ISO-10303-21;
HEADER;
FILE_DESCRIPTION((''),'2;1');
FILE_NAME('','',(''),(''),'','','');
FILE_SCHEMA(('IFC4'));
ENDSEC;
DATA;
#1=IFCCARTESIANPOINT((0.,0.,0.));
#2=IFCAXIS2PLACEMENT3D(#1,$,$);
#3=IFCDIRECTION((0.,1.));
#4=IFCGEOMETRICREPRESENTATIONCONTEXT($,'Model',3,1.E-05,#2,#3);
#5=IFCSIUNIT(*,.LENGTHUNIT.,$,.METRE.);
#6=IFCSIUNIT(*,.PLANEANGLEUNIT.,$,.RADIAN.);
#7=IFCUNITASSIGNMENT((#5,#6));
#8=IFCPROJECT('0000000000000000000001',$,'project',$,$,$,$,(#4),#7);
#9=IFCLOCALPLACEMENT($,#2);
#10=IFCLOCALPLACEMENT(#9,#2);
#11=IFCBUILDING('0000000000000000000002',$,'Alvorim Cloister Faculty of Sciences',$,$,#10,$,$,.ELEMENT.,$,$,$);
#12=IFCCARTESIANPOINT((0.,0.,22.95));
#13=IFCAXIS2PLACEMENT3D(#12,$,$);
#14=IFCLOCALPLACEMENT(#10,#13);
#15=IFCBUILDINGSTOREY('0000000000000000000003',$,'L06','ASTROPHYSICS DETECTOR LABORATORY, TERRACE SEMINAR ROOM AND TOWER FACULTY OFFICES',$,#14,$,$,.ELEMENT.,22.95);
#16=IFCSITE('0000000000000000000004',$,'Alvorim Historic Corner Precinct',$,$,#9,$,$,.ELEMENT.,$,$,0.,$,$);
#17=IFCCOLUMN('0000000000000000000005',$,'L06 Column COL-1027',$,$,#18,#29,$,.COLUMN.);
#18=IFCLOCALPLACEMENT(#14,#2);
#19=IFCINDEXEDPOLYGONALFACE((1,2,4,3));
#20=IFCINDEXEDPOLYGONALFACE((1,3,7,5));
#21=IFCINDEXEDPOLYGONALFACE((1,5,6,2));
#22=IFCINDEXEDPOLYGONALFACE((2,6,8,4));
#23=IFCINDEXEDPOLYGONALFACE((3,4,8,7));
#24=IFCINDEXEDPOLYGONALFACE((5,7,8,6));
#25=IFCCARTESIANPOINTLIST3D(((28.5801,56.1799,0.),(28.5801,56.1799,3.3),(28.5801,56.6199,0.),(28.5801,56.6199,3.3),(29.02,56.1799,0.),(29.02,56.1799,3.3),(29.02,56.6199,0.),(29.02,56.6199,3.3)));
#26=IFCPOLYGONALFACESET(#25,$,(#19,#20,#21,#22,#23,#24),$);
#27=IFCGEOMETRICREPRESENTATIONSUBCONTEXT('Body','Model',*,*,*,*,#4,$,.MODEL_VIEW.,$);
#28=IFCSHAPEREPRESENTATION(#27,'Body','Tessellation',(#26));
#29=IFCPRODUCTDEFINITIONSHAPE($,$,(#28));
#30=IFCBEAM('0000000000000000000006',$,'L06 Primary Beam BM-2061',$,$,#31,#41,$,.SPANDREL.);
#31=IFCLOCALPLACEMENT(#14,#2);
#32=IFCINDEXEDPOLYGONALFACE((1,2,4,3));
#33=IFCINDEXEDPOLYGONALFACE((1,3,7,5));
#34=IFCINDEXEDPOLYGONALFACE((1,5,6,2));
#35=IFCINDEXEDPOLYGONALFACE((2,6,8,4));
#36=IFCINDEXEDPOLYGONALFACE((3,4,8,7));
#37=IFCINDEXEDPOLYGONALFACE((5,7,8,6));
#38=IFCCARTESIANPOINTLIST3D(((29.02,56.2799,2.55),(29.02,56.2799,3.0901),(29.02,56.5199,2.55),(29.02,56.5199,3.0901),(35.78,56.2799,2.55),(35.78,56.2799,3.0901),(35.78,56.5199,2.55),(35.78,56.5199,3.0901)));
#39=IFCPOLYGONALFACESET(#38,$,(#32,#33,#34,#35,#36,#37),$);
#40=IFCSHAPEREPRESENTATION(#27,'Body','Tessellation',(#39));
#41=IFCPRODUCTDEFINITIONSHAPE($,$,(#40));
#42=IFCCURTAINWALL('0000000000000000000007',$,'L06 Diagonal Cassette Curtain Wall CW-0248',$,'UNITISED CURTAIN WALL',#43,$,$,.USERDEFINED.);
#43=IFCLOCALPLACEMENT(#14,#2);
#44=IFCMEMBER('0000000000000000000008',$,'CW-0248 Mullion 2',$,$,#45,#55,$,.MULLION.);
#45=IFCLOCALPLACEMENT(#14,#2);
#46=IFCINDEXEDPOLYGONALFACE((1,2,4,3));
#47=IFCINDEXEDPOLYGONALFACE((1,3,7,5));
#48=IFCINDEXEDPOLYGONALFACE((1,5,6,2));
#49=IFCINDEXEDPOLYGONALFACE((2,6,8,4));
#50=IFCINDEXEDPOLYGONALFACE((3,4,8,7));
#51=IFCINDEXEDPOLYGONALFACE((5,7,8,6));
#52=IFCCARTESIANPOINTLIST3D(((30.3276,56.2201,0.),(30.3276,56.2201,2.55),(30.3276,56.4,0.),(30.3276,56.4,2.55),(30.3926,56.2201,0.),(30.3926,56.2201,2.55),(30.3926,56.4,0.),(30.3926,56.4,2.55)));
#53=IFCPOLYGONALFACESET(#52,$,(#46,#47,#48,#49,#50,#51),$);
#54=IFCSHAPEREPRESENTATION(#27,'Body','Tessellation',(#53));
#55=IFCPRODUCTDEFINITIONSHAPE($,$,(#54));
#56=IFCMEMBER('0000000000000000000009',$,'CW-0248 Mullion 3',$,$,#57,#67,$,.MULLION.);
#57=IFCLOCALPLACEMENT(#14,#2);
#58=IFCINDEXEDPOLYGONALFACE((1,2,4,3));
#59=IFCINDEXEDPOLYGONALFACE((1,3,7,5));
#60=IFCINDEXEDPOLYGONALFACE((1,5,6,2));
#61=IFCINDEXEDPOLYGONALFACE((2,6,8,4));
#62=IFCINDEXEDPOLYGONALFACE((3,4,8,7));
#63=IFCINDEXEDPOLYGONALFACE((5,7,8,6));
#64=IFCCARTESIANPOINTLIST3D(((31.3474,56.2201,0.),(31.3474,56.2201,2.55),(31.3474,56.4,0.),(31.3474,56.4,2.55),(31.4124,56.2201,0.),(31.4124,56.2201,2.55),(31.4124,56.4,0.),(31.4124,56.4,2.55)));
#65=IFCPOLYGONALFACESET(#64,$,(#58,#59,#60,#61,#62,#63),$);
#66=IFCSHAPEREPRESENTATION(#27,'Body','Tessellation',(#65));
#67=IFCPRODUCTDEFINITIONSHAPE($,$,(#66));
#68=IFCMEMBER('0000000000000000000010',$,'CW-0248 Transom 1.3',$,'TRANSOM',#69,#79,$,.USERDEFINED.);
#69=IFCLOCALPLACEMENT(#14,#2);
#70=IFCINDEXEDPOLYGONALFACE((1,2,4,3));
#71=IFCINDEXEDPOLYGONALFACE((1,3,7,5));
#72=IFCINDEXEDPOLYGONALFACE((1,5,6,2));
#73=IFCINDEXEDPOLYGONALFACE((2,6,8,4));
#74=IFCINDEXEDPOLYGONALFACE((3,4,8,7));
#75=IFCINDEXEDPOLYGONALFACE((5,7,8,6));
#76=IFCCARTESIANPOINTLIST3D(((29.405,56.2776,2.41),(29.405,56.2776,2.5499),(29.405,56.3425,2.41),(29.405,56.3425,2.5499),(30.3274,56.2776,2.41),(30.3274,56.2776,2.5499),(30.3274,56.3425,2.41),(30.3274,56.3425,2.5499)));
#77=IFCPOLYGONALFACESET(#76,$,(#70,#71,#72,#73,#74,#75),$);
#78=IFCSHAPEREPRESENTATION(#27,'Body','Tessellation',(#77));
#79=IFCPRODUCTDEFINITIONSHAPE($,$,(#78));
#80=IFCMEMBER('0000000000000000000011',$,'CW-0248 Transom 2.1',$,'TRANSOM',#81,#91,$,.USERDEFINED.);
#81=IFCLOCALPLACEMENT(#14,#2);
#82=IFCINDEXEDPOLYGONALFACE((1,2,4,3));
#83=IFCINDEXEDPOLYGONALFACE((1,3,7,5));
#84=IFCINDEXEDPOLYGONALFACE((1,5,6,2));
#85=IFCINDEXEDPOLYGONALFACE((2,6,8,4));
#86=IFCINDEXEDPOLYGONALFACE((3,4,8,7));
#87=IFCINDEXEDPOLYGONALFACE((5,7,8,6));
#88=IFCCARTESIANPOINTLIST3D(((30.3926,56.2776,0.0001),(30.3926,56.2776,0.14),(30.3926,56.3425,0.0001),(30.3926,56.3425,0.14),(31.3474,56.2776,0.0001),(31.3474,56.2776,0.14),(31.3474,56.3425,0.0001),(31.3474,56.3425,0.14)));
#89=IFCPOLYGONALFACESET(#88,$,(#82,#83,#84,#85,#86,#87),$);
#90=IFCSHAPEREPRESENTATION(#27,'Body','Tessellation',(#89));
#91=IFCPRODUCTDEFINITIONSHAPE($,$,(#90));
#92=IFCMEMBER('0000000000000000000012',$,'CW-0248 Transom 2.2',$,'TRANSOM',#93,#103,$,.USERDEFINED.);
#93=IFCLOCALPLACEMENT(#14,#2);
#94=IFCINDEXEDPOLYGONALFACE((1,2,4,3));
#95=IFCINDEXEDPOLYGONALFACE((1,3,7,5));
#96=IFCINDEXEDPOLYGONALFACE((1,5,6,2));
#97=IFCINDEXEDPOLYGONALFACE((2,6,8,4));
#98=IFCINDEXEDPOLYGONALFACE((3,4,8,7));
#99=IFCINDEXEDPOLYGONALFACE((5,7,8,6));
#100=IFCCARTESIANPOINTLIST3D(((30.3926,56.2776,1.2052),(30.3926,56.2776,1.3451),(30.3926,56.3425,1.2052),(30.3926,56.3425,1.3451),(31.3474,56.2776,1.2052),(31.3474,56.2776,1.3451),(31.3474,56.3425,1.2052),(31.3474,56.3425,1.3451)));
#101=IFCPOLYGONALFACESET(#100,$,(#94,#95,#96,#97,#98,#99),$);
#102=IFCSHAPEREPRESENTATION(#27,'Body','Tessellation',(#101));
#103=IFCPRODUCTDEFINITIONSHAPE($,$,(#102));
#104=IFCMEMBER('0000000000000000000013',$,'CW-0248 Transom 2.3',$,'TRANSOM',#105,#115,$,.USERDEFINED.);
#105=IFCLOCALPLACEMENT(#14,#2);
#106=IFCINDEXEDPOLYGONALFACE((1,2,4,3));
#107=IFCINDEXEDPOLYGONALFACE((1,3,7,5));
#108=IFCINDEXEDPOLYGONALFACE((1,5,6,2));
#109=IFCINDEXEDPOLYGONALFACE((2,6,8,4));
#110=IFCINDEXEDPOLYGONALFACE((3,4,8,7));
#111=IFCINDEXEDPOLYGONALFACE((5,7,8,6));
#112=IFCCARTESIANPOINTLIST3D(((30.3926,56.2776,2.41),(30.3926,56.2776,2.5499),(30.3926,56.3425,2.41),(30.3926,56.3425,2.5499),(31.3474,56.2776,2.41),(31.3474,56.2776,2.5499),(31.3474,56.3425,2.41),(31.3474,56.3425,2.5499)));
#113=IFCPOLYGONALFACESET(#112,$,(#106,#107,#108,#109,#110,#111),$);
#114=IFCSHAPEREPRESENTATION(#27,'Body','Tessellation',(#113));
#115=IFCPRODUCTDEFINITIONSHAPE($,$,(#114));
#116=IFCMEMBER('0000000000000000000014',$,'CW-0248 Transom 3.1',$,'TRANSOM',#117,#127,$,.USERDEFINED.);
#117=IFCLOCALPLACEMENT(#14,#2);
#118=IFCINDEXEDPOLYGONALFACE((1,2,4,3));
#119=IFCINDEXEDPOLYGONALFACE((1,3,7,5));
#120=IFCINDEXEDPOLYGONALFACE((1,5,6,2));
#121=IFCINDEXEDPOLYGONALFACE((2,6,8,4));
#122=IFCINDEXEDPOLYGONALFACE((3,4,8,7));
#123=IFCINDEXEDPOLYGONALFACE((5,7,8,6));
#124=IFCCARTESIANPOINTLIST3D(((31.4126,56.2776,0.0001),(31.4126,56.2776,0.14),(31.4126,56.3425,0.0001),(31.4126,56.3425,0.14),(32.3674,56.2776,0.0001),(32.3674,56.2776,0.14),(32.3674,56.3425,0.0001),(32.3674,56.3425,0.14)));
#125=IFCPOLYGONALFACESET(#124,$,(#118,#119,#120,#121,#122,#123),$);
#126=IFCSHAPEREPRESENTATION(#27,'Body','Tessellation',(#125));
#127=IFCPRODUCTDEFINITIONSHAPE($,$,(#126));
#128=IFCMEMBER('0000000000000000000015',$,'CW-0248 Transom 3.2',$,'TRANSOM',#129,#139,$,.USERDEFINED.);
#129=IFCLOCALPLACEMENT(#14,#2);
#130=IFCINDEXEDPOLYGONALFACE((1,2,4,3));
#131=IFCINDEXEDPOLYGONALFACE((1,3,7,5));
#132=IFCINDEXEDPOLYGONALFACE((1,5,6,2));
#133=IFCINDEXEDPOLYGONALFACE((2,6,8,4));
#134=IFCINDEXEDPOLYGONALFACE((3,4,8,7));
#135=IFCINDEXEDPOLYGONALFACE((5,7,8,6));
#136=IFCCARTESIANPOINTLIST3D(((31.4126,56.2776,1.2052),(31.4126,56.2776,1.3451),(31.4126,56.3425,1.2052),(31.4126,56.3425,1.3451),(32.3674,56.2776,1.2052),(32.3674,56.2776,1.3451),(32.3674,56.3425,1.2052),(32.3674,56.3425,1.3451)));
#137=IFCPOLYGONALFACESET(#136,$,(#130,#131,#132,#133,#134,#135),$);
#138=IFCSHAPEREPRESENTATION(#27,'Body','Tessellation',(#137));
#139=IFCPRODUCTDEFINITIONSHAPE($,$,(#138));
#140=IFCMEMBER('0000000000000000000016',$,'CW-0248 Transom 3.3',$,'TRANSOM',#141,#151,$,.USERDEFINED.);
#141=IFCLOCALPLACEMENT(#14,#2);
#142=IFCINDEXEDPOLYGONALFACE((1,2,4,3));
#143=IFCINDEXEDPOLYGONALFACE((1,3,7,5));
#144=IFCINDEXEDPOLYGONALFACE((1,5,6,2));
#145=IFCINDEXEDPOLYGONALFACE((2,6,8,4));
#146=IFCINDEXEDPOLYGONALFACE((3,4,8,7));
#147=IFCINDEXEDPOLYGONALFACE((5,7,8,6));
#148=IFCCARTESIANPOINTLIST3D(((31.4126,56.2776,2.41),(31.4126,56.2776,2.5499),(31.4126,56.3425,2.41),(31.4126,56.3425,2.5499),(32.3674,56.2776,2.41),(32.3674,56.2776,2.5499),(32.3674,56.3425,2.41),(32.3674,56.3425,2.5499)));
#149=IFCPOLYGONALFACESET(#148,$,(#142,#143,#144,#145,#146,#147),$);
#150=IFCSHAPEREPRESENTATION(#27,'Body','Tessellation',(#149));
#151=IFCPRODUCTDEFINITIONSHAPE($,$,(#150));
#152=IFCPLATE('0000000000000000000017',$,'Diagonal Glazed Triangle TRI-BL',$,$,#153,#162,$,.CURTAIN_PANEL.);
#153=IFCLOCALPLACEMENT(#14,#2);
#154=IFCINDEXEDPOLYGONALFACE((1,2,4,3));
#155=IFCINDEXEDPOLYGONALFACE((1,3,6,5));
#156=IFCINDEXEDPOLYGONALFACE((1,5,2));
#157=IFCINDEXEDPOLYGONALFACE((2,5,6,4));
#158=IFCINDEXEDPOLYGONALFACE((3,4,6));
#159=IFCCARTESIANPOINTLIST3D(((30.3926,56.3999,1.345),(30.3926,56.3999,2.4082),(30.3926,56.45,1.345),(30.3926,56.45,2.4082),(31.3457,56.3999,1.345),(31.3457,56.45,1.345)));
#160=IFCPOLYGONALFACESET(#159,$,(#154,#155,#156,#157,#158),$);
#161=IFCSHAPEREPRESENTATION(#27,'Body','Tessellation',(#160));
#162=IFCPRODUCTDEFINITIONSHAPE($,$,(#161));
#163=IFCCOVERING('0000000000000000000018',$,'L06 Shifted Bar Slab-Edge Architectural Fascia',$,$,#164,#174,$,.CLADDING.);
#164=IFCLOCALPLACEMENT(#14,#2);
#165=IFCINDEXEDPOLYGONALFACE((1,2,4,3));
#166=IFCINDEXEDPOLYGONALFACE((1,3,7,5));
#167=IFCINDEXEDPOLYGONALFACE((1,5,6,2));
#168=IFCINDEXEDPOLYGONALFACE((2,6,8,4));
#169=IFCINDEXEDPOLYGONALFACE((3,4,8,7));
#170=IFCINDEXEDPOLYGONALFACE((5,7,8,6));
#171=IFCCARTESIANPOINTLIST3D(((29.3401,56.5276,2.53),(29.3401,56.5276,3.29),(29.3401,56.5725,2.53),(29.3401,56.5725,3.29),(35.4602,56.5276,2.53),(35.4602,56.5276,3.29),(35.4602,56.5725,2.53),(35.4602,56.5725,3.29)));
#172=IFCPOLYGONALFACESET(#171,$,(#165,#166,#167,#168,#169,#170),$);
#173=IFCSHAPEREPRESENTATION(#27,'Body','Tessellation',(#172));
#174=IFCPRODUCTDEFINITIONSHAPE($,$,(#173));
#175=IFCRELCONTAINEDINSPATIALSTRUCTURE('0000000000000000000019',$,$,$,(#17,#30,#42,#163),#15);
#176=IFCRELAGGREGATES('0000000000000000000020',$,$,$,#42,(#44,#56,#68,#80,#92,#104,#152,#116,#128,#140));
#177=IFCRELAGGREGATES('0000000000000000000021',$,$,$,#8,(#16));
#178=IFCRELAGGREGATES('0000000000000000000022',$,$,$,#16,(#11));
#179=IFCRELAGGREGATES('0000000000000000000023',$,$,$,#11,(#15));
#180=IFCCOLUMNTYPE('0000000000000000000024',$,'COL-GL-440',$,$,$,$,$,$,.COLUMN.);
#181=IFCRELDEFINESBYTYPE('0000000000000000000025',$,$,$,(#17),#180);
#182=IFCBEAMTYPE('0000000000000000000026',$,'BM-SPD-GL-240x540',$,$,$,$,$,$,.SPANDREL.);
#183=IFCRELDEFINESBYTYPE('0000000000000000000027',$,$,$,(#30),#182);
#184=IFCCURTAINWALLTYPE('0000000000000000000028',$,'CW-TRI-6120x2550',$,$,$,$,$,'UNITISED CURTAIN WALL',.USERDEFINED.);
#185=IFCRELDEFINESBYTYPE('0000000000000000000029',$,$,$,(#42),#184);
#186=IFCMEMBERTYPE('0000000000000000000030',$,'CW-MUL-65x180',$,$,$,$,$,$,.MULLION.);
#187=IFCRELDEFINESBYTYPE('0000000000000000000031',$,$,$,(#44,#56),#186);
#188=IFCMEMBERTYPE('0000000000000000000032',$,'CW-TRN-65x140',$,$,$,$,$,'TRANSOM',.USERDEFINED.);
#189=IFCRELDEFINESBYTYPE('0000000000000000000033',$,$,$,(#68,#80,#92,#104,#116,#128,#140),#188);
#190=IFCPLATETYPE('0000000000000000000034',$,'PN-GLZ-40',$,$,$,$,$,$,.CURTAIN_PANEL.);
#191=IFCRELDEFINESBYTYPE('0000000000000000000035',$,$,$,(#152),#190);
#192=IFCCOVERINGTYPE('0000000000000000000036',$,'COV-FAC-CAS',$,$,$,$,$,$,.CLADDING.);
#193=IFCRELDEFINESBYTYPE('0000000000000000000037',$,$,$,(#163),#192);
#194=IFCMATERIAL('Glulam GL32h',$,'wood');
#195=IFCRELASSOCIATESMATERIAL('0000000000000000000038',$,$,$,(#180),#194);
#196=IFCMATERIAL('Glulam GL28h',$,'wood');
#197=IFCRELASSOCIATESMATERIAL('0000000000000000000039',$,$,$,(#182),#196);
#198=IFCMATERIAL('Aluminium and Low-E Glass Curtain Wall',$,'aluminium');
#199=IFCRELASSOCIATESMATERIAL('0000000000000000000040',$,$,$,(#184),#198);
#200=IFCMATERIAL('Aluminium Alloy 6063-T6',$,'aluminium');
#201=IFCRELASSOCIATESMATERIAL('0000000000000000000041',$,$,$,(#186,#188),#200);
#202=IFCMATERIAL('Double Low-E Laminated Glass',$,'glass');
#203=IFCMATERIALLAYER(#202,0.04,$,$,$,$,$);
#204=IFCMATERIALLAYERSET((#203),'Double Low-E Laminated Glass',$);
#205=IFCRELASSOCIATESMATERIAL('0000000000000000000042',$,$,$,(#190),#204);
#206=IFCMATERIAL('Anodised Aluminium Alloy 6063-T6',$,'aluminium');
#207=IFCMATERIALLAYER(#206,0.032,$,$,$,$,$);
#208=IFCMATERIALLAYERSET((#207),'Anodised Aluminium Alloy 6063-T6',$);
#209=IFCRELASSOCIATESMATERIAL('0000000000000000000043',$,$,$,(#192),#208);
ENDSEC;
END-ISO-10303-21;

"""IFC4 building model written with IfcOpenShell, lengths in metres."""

from ifc_helpers import new_model, si_unit, direction, frame, origin, origin_2d, place, context, subcontext, project, spatial, polyline, rectangle, outline, extrude, material, layer, layer_set, material_profile, profile_set, type_object, element, aggregate, save


model = new_model("IFC4")

# Units and contexts
model_context = context("Model", 3, precision=1e-05, world=origin(), true_north=direction((0.0, 1.0)))
body_context = subcontext(model_context, "Body", "Model", "MODEL_VIEW")
ifc_project = project(units=[si_unit("LENGTHUNIT", "METRE"), si_unit("PLANEANGLEUNIT", "RADIAN")], contexts=[model_context])

# Site, building, storey
site_placement = place(None, origin())
site = spatial("IfcSite", under=ifc_project, at=site_placement, Name="Alvorim Historic Corner Precinct", CompositionType="ELEMENT", RefElevation=0.0)
building_placement = place(site_placement, origin())
building = spatial("IfcBuilding", under=site, at=building_placement, Name="Alvorim Cloister Faculty of Sciences", CompositionType="ELEMENT")
storey_placement = place(building_placement, frame((0.0, 0.0, 22.95)))
storey = spatial("IfcBuildingStorey", under=building, at=storey_placement, Name="L06", Description="ASTROPHYSICS DETECTOR LABORATORY, TERRACE SEMINAR ROOM AND TOWER FACULTY OFFICES", CompositionType="ELEMENT", Elevation=22.95)

# Column
ifc_material_1 = material(Name="Glulam GL32h", Category="wood")
ifc_material_profile_1 = material_profile(ifc_material_1, rectangle(XDim=0.4399, YDim=0.4399, at=origin_2d()), Name="GL32-COL-440x440")
ifc_profile_set_1 = profile_set([ifc_material_profile_1], Name="Glulam GL32h")
column_type = type_object("IfcColumnType", Name="COL-GL-440", PredefinedType="COLUMN", material=ifc_profile_set_1)
column_placement = place(storey_placement, frame((28.8, 56.3999, 0.0), z_axis=(0.0, 0.0, 1.0), x_axis=(1.0, 0.0, 0.0)))
element("IfcColumn", 1, at=column_placement, inside=storey, type_object=column_type, Name="L06 Column COL-1027", PredefinedType="COLUMN", context=body_context, shape_type="SweptSolid", body=[
    extrude(rectangle(XDim=0.4399, YDim=0.4399, at=origin_2d()), origin(), (0.0, 0.0, 1.0), 3.3),
])

# Beam
ifc_material_2 = material(Name="Glulam GL28h", Category="wood")
ifc_material_profile_2 = material_profile(ifc_material_2, rectangle(XDim=0.24, YDim=0.54, at=origin_2d()), Name="GL28-SPD-240x540")
ifc_profile_set_2 = profile_set([ifc_material_profile_2], Name="Glulam GL28h")
beam_type = type_object("IfcBeamType", Name="BM-SPD-GL-240x540", PredefinedType="SPANDREL", material=ifc_profile_set_2)
beam_placement = place(storey_placement, frame((29.02, 56.3999, 2.8201), z_axis=(1.0, 0.0, 0.0), x_axis=(0.0, 1.0, 0.0)))
element("IfcBeam", 2, at=beam_placement, inside=storey, type_object=beam_type, Name="L06 Primary Beam BM-2061", PredefinedType="SPANDREL", context=body_context, shape_type="SweptSolid", body=[
    extrude(rectangle(XDim=0.24, YDim=0.54, at=origin_2d()), origin(), (0.0, 0.0, 1.0), 6.76),
])

# Curtain wall, members, plate
ifc_material_3 = material(Name="Aluminium and Low-E Glass Curtain Wall", Category="aluminium")
curtain_wall_type = type_object("IfcCurtainWallType", Name="CW-TRI-6120x2550", ElementType="UNITISED CURTAIN WALL", PredefinedType="USERDEFINED", material=ifc_material_3)
curtain_wall_placement = place(storey_placement, origin())
curtain_wall = element("IfcCurtainWall", 3, at=curtain_wall_placement, inside=storey, type_object=curtain_wall_type, Name="L06 Diagonal Cassette Curtain Wall CW-0248", ObjectType="UNITISED CURTAIN WALL", PredefinedType="USERDEFINED")
ifc_material_4 = material(Name="Aluminium Alloy 6063-T6", Category="aluminium")
ifc_material_profile_3 = material_profile(ifc_material_4, rectangle(XDim=0.0649, YDim=0.1799, at=origin_2d()), Name="ALU-MUL-65x180")
ifc_profile_set_3 = profile_set([ifc_material_profile_3], Name="Aluminium Alloy 6063-T6")
member_type_1 = type_object("IfcMemberType", Name="CW-MUL-65x180", PredefinedType="MULLION", material=ifc_profile_set_3)
member_1_placement = place(storey_placement, frame((30.3601, 56.3101, 0.0), z_axis=(0.0, 0.0, 1.0), x_axis=(1.0, 0.0, 0.0)))
member_1 = element("IfcMember", 4, at=member_1_placement, type_object=member_type_1, Name="CW-0248 Mullion 2", PredefinedType="MULLION", context=body_context, shape_type="SweptSolid", body=[
    extrude(rectangle(XDim=0.0649, YDim=0.1799, at=origin_2d()), origin(), (0.0, 0.0, 1.0), 2.55),
])
member_2_placement = place(storey_placement, frame((31.3799, 56.3101, 0.0), z_axis=(0.0, 0.0, 1.0), x_axis=(1.0, 0.0, 0.0)))
member_2 = element("IfcMember", 5, at=member_2_placement, type_object=member_type_1, Name="CW-0248 Mullion 3", PredefinedType="MULLION", context=body_context, shape_type="SweptSolid", body=[
    extrude(rectangle(XDim=0.0649, YDim=0.1799, at=origin_2d()), origin(), (0.0, 0.0, 1.0), 2.55),
])
ifc_material_profile_4 = material_profile(ifc_material_4, rectangle(XDim=0.0649, YDim=0.1399, at=origin_2d()), Name="ALU-TRN-65x140")
ifc_profile_set_4 = profile_set([ifc_material_profile_4], Name="Aluminium Alloy 6063-T6")
member_type_2 = type_object("IfcMemberType", Name="CW-TRN-65x140", ElementType="TRANSOM", PredefinedType="USERDEFINED", material=ifc_profile_set_4)
member_3_placement = place(storey_placement, frame((29.405, 56.3101, 2.48), z_axis=(1.0, 0.0, 0.0), x_axis=(0.0, 1.0, 0.0)))
member_3 = element("IfcMember", 6, at=member_3_placement, type_object=member_type_2, Name="CW-0248 Transom 1.3", ObjectType="TRANSOM", PredefinedType="USERDEFINED", context=body_context, shape_type="SweptSolid", body=[
    extrude(rectangle(XDim=0.0649, YDim=0.1399, at=origin_2d()), origin(), (0.0, 0.0, 1.0), 0.9224),
])
member_4_placement = place(storey_placement, frame((30.3926, 56.3101, 0.0701), z_axis=(1.0, 0.0, 0.0), x_axis=(0.0, 1.0, 0.0)))
member_4 = element("IfcMember", 7, at=member_4_placement, type_object=member_type_2, Name="CW-0248 Transom 2.1", ObjectType="TRANSOM", PredefinedType="USERDEFINED", context=body_context, shape_type="SweptSolid", body=[
    extrude(rectangle(XDim=0.0649, YDim=0.1399, at=origin_2d()), origin(), (0.0, 0.0, 1.0), 0.9548),
])
member_5_placement = place(storey_placement, frame((30.3926, 56.3101, 1.2751), z_axis=(1.0, 0.0, 0.0), x_axis=(0.0, 1.0, 0.0)))
member_5 = element("IfcMember", 8, at=member_5_placement, type_object=member_type_2, Name="CW-0248 Transom 2.2", ObjectType="TRANSOM", PredefinedType="USERDEFINED", context=body_context, shape_type="SweptSolid", body=[
    extrude(rectangle(XDim=0.0649, YDim=0.1399, at=origin_2d()), origin(), (0.0, 0.0, 1.0), 0.9548),
])
member_6_placement = place(storey_placement, frame((30.3926, 56.3101, 2.48), z_axis=(1.0, 0.0, 0.0), x_axis=(0.0, 1.0, 0.0)))
member_6 = element("IfcMember", 9, at=member_6_placement, type_object=member_type_2, Name="CW-0248 Transom 2.3", ObjectType="TRANSOM", PredefinedType="USERDEFINED", context=body_context, shape_type="SweptSolid", body=[
    extrude(rectangle(XDim=0.0649, YDim=0.1399, at=origin_2d()), origin(), (0.0, 0.0, 1.0), 0.9548),
])
member_7_placement = place(storey_placement, frame((31.4126, 56.3101, 0.0701), z_axis=(1.0, 0.0, 0.0), x_axis=(0.0, 1.0, 0.0)))
member_7 = element("IfcMember", 10, at=member_7_placement, type_object=member_type_2, Name="CW-0248 Transom 3.1", ObjectType="TRANSOM", PredefinedType="USERDEFINED", context=body_context, shape_type="SweptSolid", body=[
    extrude(rectangle(XDim=0.0649, YDim=0.1399, at=origin_2d()), origin(), (0.0, 0.0, 1.0), 0.9548),
])
member_8_placement = place(storey_placement, frame((31.4126, 56.3101, 1.2751), z_axis=(1.0, 0.0, 0.0), x_axis=(0.0, 1.0, 0.0)))
member_8 = element("IfcMember", 11, at=member_8_placement, type_object=member_type_2, Name="CW-0248 Transom 3.2", ObjectType="TRANSOM", PredefinedType="USERDEFINED", context=body_context, shape_type="SweptSolid", body=[
    extrude(rectangle(XDim=0.0649, YDim=0.1399, at=origin_2d()), origin(), (0.0, 0.0, 1.0), 0.9548),
])
member_9_placement = place(storey_placement, frame((31.4126, 56.3101, 2.48), z_axis=(1.0, 0.0, 0.0), x_axis=(0.0, 1.0, 0.0)))
member_9 = element("IfcMember", 12, at=member_9_placement, type_object=member_type_2, Name="CW-0248 Transom 3.3", ObjectType="TRANSOM", PredefinedType="USERDEFINED", context=body_context, shape_type="SweptSolid", body=[
    extrude(rectangle(XDim=0.0649, YDim=0.1399, at=origin_2d()), origin(), (0.0, 0.0, 1.0), 0.9548),
])
ifc_material_5 = material(Name="Double Low-E Laminated Glass", Category="glass")
ifc_layer_1 = layer(ifc_material_5, 0.04)
ifc_layer_set_1 = layer_set([ifc_layer_1], Name="Double Low-E Laminated Glass")
plate_type = type_object("IfcPlateType", Name="PN-GLZ-40", PredefinedType="CURTAIN_PANEL", material=ifc_layer_set_1)
plate_1_placement = place(storey_placement, frame((30.3926, 56.425, 1.345), z_axis=(0.0, 0.0, 1.0), x_axis=(1.0, 0.0, 0.0)))
plate_1 = element("IfcPlate", 13, at=plate_1_placement, type_object=plate_type, Name="Diagonal Glazed Triangle TRI-BL", PredefinedType="CURTAIN_PANEL", context=body_context, shape_type="SweptSolid", body=[
    extrude(outline(polyline([(0.0, 0.0), (0.9531, 0.0), (0.0, 1.0632), (0.0, 0.0)])), frame((0.0, 0.0249, 0.0), z_axis=(0.0, -1.0, 0.0), x_axis=(1.0, 0.0, 0.0)), (0.0, 0.0, 1.0), 0.05),
])
aggregate(curtain_wall, [member_1, member_2, member_3, member_4, member_5, member_6, plate_1, member_7, member_8, member_9])

# Covering
ifc_material_6 = material(Name="Anodised Aluminium Alloy 6063-T6", Category="aluminium")
ifc_layer_2 = layer(ifc_material_6, 0.032)
ifc_layer_set_2 = layer_set([ifc_layer_2], Name="Anodised Aluminium Alloy 6063-T6")
covering_type = type_object("IfcCoveringType", Name="COV-FAC-CAS", PredefinedType="CLADDING", material=ifc_layer_set_2)
covering_placement = place(storey_placement, frame((29.3401, 56.55, 2.53), z_axis=(0.0, 0.0, 1.0), x_axis=(1.0, 0.0, 0.0)))
element("IfcCovering", 14, at=covering_placement, inside=storey, type_object=covering_type, Name="L06 Shifted Bar Slab-Edge Architectural Fascia", PredefinedType="CLADDING", context=body_context, shape_type="SweptSolid", body=[
    extrude(outline(polyline([(0.0, 0.0), (6.1201, 0.0), (6.1201, 0.76), (0.0, 0.76), (0.0, 0.0)])), frame((0.0, 0.0225, 0.0), z_axis=(0.0, -1.0, 0.0), x_axis=(1.0, 0.0, 0.0)), (0.0, 0.0, 1.0), 0.0449),
])

save(model, "model.ifc")
